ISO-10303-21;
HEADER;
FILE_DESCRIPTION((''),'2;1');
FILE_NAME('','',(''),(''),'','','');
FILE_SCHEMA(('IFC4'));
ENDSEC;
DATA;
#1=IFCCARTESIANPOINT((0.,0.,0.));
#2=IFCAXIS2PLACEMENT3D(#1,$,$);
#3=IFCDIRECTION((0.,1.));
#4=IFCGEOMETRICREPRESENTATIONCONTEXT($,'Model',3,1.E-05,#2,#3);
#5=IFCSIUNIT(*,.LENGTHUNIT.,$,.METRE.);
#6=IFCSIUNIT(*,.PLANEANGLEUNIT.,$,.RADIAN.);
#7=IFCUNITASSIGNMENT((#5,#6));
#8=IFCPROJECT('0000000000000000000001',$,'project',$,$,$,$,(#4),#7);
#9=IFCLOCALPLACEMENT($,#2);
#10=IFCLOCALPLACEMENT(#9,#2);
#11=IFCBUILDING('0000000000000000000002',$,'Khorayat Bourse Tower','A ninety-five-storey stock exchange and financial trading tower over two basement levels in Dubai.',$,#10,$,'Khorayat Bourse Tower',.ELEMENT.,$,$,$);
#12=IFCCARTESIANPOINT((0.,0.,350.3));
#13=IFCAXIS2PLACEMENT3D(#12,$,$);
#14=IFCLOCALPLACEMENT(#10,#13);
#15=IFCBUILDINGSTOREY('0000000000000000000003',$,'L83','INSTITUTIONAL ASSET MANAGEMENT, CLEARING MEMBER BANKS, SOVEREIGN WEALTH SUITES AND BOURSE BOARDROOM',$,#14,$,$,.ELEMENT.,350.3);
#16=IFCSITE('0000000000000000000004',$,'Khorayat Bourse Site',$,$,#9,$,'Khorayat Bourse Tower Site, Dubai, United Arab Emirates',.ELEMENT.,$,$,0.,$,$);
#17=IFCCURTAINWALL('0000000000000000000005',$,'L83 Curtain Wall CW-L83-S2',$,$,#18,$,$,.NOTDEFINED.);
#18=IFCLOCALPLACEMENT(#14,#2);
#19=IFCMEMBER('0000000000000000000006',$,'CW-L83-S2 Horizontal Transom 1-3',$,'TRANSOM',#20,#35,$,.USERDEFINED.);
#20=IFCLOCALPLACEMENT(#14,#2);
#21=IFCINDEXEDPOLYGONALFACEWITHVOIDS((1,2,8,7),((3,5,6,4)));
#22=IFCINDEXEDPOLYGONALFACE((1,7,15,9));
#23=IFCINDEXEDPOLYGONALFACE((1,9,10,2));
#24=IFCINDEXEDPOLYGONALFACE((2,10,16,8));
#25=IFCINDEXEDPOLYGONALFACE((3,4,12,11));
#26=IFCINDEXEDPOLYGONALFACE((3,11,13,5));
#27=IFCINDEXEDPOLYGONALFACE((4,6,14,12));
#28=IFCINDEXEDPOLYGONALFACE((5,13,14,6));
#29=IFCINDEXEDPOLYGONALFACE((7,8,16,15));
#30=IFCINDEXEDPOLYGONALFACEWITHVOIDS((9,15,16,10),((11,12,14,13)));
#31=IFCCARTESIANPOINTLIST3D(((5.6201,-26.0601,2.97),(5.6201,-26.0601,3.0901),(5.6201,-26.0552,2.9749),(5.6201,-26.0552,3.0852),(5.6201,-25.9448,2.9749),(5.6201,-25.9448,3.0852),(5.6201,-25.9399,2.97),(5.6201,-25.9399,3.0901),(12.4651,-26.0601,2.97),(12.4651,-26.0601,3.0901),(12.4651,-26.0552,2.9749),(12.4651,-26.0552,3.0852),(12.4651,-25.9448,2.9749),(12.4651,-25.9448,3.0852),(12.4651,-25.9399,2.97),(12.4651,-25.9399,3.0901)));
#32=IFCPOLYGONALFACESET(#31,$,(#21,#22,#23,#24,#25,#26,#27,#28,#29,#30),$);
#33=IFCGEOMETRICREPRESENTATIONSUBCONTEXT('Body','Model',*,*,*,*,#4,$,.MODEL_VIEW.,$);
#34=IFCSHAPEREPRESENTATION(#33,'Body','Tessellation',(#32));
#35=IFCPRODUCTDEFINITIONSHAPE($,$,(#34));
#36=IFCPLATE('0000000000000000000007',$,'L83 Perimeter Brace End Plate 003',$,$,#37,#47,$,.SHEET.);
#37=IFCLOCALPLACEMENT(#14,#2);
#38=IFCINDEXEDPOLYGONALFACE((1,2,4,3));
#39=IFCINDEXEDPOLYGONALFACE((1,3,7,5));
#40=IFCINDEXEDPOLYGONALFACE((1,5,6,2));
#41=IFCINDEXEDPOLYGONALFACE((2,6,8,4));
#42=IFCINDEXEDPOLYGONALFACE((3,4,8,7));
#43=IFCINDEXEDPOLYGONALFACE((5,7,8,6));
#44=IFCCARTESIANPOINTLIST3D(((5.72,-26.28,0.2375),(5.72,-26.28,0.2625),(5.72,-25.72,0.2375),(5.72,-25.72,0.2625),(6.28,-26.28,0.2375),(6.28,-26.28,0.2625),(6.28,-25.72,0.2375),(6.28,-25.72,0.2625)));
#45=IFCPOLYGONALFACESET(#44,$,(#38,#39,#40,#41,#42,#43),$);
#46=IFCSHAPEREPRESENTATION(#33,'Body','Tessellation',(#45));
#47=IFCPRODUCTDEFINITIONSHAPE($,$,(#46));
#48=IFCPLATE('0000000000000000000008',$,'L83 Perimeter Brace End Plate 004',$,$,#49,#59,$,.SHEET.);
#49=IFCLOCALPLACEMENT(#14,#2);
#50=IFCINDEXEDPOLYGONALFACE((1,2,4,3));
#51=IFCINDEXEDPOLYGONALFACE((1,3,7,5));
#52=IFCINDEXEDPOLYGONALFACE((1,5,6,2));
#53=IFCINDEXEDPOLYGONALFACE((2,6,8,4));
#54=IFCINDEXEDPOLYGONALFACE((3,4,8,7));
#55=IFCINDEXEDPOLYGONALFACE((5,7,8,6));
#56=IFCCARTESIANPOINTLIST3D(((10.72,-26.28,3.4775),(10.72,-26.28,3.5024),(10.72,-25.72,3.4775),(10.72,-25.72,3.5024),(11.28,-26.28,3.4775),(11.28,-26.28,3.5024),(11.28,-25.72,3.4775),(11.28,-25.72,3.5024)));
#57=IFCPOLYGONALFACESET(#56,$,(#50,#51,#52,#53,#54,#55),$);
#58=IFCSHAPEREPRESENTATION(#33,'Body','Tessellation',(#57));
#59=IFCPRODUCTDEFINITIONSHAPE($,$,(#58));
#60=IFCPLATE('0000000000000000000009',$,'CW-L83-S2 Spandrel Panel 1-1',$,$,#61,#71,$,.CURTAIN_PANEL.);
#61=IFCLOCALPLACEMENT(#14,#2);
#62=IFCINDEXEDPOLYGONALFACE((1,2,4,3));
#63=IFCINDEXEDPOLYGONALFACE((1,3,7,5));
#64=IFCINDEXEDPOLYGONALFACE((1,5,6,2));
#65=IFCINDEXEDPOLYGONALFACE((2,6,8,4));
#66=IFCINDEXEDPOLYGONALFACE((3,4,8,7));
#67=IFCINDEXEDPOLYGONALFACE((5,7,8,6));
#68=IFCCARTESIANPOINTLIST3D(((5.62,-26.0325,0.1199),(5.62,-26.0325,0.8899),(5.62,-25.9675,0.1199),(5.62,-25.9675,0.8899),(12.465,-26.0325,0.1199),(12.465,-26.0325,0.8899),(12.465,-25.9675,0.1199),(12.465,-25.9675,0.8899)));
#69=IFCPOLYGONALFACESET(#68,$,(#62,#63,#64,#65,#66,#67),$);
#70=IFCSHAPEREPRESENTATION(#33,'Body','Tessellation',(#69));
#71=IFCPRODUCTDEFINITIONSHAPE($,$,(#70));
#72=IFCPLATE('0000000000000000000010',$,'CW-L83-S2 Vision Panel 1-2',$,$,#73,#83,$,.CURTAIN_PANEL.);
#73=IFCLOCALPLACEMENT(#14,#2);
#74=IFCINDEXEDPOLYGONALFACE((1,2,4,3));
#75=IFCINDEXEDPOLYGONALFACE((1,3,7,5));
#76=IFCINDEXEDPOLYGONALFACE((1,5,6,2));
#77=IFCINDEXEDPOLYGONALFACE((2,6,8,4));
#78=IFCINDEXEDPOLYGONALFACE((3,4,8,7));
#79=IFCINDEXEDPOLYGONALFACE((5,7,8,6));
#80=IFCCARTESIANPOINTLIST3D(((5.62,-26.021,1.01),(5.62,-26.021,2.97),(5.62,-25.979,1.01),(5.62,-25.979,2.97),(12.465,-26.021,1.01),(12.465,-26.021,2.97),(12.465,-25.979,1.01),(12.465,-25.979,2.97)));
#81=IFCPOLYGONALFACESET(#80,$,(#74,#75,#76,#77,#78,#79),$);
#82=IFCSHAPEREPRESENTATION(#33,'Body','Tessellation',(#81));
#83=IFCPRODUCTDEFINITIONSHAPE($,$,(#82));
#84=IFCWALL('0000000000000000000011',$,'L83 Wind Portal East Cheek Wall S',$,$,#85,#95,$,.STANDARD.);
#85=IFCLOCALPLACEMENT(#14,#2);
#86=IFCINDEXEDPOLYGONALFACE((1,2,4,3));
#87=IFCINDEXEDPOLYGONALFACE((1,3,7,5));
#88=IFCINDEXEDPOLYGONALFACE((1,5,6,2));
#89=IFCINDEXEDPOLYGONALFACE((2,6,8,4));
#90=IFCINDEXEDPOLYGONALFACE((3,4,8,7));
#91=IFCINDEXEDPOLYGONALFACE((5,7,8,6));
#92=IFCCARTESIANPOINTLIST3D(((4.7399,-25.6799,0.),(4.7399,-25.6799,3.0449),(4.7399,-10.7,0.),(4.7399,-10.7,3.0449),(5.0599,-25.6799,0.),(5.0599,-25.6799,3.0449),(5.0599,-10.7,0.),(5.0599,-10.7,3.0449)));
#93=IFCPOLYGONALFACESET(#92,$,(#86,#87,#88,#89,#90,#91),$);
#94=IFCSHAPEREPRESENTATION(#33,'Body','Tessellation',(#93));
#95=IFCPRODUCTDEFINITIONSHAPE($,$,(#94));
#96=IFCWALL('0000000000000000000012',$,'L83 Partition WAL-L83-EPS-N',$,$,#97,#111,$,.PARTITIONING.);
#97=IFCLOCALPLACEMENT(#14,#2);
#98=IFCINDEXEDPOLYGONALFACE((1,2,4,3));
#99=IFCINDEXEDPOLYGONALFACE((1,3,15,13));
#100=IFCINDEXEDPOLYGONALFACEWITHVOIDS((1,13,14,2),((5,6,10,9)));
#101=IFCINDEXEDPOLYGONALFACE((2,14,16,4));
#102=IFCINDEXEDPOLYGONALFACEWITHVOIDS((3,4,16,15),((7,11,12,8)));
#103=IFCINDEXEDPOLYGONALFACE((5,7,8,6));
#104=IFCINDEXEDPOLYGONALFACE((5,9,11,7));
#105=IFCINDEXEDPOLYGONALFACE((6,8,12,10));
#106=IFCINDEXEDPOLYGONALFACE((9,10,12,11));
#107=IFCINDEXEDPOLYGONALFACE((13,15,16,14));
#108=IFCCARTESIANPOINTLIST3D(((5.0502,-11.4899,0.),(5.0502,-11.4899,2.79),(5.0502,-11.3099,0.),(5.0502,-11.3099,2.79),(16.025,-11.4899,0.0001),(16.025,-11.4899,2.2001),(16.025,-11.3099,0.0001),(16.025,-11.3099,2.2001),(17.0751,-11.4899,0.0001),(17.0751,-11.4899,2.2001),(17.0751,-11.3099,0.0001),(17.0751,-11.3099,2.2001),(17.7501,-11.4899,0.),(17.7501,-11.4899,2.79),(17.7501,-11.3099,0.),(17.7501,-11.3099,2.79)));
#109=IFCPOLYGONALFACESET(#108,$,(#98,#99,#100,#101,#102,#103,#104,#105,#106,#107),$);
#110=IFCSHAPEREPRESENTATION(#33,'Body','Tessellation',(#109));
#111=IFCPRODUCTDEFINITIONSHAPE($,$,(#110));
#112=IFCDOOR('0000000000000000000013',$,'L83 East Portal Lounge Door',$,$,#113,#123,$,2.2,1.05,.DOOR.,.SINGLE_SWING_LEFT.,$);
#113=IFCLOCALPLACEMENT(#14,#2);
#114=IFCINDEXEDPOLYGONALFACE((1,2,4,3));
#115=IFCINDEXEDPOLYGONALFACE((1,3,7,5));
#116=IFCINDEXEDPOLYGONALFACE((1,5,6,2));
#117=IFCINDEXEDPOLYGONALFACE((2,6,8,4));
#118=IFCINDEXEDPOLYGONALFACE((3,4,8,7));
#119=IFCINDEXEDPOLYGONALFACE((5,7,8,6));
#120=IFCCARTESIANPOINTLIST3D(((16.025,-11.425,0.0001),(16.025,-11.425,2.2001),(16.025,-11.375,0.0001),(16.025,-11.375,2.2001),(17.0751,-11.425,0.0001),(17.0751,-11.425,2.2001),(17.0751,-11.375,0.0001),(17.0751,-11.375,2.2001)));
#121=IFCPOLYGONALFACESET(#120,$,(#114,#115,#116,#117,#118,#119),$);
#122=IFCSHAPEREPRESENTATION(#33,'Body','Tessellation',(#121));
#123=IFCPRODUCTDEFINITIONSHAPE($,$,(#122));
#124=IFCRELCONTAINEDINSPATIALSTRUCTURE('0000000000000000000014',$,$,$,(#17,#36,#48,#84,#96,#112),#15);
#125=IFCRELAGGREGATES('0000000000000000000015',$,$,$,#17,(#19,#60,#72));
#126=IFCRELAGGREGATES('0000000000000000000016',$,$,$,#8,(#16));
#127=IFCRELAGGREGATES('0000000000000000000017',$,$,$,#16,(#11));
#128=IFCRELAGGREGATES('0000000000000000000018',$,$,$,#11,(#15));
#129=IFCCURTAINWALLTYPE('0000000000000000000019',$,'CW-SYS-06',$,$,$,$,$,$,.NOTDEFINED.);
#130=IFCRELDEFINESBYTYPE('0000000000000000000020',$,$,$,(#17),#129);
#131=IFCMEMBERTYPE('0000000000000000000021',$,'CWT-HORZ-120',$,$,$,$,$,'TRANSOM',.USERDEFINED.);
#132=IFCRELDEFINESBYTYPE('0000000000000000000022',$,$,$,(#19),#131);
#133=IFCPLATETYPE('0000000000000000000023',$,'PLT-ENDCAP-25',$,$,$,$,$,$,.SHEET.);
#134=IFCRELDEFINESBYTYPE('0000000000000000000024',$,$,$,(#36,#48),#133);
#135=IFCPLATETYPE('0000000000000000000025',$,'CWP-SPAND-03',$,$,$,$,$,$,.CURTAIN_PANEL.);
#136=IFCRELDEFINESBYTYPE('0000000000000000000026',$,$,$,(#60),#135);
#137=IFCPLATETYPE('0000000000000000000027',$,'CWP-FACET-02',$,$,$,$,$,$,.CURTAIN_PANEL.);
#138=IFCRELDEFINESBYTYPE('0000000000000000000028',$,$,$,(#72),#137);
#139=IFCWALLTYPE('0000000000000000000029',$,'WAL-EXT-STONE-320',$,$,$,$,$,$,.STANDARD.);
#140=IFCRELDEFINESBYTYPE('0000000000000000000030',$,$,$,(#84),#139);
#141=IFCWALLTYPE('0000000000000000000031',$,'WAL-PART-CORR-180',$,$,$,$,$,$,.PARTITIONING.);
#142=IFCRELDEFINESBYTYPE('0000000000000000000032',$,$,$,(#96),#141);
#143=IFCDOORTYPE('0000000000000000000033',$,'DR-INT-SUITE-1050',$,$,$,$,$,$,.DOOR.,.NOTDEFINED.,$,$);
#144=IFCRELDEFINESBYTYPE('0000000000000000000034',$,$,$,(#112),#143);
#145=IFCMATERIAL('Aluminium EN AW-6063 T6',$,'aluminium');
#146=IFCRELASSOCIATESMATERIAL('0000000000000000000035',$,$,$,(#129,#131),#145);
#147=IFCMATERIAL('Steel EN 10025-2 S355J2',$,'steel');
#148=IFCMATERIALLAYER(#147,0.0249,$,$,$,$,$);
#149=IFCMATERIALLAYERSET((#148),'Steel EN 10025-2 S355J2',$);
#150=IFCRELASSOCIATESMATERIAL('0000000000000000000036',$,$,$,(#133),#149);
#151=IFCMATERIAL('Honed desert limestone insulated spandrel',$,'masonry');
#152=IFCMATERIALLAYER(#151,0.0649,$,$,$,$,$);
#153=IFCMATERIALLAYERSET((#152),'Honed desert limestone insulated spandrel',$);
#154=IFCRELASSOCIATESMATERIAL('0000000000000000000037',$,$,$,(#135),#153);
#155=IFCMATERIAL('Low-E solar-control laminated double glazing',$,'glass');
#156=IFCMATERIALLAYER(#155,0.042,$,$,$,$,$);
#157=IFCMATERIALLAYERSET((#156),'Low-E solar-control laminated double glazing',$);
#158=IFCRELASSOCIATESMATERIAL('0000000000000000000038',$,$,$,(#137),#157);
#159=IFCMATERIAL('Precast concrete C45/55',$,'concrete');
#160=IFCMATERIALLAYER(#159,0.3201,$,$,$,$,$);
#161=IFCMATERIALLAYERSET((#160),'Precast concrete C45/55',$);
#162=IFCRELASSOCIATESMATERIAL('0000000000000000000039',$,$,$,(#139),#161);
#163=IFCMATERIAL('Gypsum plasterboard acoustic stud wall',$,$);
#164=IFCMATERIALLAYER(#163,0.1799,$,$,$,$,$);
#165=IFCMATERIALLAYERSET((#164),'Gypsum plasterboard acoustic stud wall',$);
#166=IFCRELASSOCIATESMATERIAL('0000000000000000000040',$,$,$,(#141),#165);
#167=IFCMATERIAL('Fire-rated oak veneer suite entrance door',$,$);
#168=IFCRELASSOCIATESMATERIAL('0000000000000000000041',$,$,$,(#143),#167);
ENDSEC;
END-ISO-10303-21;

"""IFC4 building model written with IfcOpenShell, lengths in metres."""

from ifc_helpers import new_model, si_unit, direction, frame, frame_2d, origin, origin_2d, place, context, subcontext, project, spatial, rectangle, hollow_rectangle, extrude, source, transform, mapped, material, layer, layer_set, material_profile, profile_set, type_object, element, fill, aggregate, save


model = new_model("IFC4")

# Units and contexts
model_context = context("Model", 3, precision=1e-05, world=origin(), true_north=direction((0.0, 1.0)))
body_context = subcontext(model_context, "Body", "Model", "MODEL_VIEW")
ifc_project = project(units=[si_unit("LENGTHUNIT", "METRE"), si_unit("PLANEANGLEUNIT", "RADIAN")], contexts=[model_context])

# Site, building, storey
site_placement = place(None, origin())
site = spatial("IfcSite", under=ifc_project, at=site_placement, Name="Khorayat Bourse Site", LongName="Khorayat Bourse Tower Site, Dubai, United Arab Emirates", CompositionType="ELEMENT", RefElevation=0.0)
building_placement = place(site_placement, origin())
building = spatial("IfcBuilding", under=site, at=building_placement, Name="Khorayat Bourse Tower", Description="A ninety-five-storey stock exchange and financial trading tower over two basement levels in Dubai.", LongName="Khorayat Bourse Tower", CompositionType="ELEMENT")
storey_placement = place(building_placement, frame((0.0, 0.0, 350.3)))
storey = spatial("IfcBuildingStorey", under=building, at=storey_placement, Name="L83", Description="INSTITUTIONAL ASSET MANAGEMENT, CLEARING MEMBER BANKS, SOVEREIGN WEALTH SUITES AND BOURSE BOARDROOM", CompositionType="ELEMENT", Elevation=350.3)

# Shared definitions
ifc_material_1 = material(Name="Steel EN 10025-2 S355J2", Category="steel")

# Curtain wall, member
ifc_material_2 = material(Name="Aluminium EN AW-6063 T6", Category="aluminium")
curtain_wall_type = type_object("IfcCurtainWallType", Name="CW-SYS-06", PredefinedType="NOTDEFINED", material=ifc_material_2)
curtain_wall_placement = place(storey_placement, origin())
curtain_wall = element("IfcCurtainWall", 1, at=curtain_wall_placement, inside=storey, type_object=curtain_wall_type, Name="L83 Curtain Wall CW-L83-S2", PredefinedType="NOTDEFINED")
ifc_material_profile_1 = material_profile(ifc_material_2, hollow_rectangle(XDim=0.1201, YDim=0.1201, WallThickness=0.0049, at=origin_2d()), Name="ALU 120x120x5")
ifc_profile_set_1 = profile_set([ifc_material_profile_1], Name="Aluminium EN AW-6063 T6")
member_type_1 = type_object("IfcMemberType", Name="CWT-HORZ-120", ElementType="TRANSOM", PredefinedType="USERDEFINED", material=ifc_profile_set_1)
shared_shape_1 = source(origin(), body_context, "Body", "SweptSolid", [
    extrude(hollow_rectangle(XDim=0.1201, YDim=0.1201, WallThickness=0.0049, at=origin_2d()), origin(), (0.0, 0.0, 1.0), 6.845),
])
member_1_placement = place(storey_placement, frame((5.6201, -26.0, 3.03), z_axis=(1.0, 0.0, 0.0), x_axis=(0.0, 1.0, 0.0)))
member_1 = element("IfcMember", 2, at=member_1_placement, type_object=member_type_1, Name="CW-L83-S2 Horizontal Transom 1-3", ObjectType="TRANSOM", PredefinedType="USERDEFINED", context=body_context, shape_type="MappedRepresentation", body=[
    mapped(shared_shape_1, transform((0.0, 0.0, 0.0), scale=1.0)),
])

# Plates
ifc_layer_1 = layer(ifc_material_1, 0.0249)
ifc_layer_set_1 = layer_set([ifc_layer_1], Name="Steel EN 10025-2 S355J2")
plate_type_1 = type_object("IfcPlateType", Name="PLT-ENDCAP-25", PredefinedType="SHEET", material=ifc_layer_set_1)
shared_shape_2 = source(origin(), body_context, "Body", "SweptSolid", [
    extrude(rectangle(XDim=0.5601, YDim=0.5601, at=origin_2d()), origin(), (0.0, 0.0, 1.0), 0.0249),
])
for number, where, z_axis, x_axis, name in (
    (3, (6.0, -26.0, 0.2375), (0.0, 0.0, 1.0), (1.0, 0.0, 0.0), "L83 Perimeter Brace End Plate 003"),
    (4, (11.0, -26.0, 3.4775), (0.0, 0.0, 1.0), (1.0, 0.0, 0.0), "L83 Perimeter Brace End Plate 004"),
):
    element("IfcPlate", number, at=place(storey_placement, frame(where, z_axis=z_axis, x_axis=x_axis)), inside=storey, type_object=plate_type_1, Name=name, PredefinedType="SHEET", context=body_context, shape_type="MappedRepresentation", body=[
        mapped(shared_shape_2, transform((0.0, 0.0, 0.0), scale=1.0)),
    ])

# Plates
ifc_material_3 = material(Name="Honed desert limestone insulated spandrel", Category="masonry")
ifc_layer_2 = layer(ifc_material_3, 0.0649)
ifc_layer_set_2 = layer_set([ifc_layer_2], Name="Honed desert limestone insulated spandrel")
plate_type_2 = type_object("IfcPlateType", Name="CWP-SPAND-03", PredefinedType="CURTAIN_PANEL", material=ifc_layer_set_2)
shared_shape_3 = source(origin(), body_context, "Body", "SweptSolid", [
    extrude(rectangle(XDim=6.845, YDim=0.0649, at=origin_2d()), origin(), (0.0, 0.0, 1.0), 0.77),
])
plate_1_placement = place(storey_placement, frame((9.0425, -26.0, 0.1199), z_axis=(0.0, 0.0, 1.0), x_axis=(1.0, 0.0, 0.0)))
plate_1 = element("IfcPlate", 5, at=plate_1_placement, type_object=plate_type_2, Name="CW-L83-S2 Spandrel Panel 1-1", PredefinedType="CURTAIN_PANEL", context=body_context, shape_type="MappedRepresentation", body=[
    mapped(shared_shape_3, transform((0.0, 0.0, 0.0), scale=1.0)),
])
ifc_material_4 = material(Name="Low-E solar-control laminated double glazing", Category="glass")
ifc_layer_3 = layer(ifc_material_4, 0.042)
ifc_layer_set_3 = layer_set([ifc_layer_3], Name="Low-E solar-control laminated double glazing")
plate_type_3 = type_object("IfcPlateType", Name="CWP-FACET-02", PredefinedType="CURTAIN_PANEL", material=ifc_layer_set_3)
shared_shape_4 = source(origin(), body_context, "Body", "SweptSolid", [
    extrude(rectangle(XDim=6.845, YDim=0.042, at=origin_2d()), origin(), (0.0, 0.0, 1.0), 1.96),
])
plate_2_placement = place(storey_placement, frame((9.0425, -26.0, 1.01), z_axis=(0.0, 0.0, 1.0), x_axis=(1.0, 0.0, 0.0)))
plate_2 = element("IfcPlate", 6, at=plate_2_placement, type_object=plate_type_3, Name="CW-L83-S2 Vision Panel 1-2", PredefinedType="CURTAIN_PANEL", context=body_context, shape_type="MappedRepresentation", body=[
    mapped(shared_shape_4, transform((0.0, 0.0, 0.0), scale=1.0)),
])
aggregate(curtain_wall, [member_1, plate_1, plate_2])

# Wall
ifc_material_5 = material(Name="Precast concrete C45/55", Category="concrete")
ifc_layer_4 = layer(ifc_material_5, 0.3201)
ifc_layer_set_4 = layer_set([ifc_layer_4], Name="Precast concrete C45/55")
wall_type_1 = type_object("IfcWallType", Name="WAL-EXT-STONE-320", PredefinedType="STANDARD", material=ifc_layer_set_4)
shared_shape_5 = source(origin(), body_context, "Body", "SweptSolid", [
    extrude(rectangle(XDim=14.98, YDim=0.3201, at=frame_2d((7.49, 0.0))), origin(), (0.0, 0.0, 1.0), 3.0449),
])
wall_1_placement = place(storey_placement, frame((4.8999, -25.6799, 0.0), z_axis=(0.0, 0.0, 1.0), x_axis=(0.0, 1.0, 0.0)))
element("IfcWall", 7, at=wall_1_placement, inside=storey, type_object=wall_type_1, Name="L83 Wind Portal East Cheek Wall S", PredefinedType="STANDARD", context=body_context, shape_type="MappedRepresentation", body=[
    mapped(shared_shape_5, transform((0.0, 0.0, 0.0), scale=1.0)),
])

# Wall, opening, door
ifc_material_6 = material(Name="Gypsum plasterboard acoustic stud wall")
ifc_layer_5 = layer(ifc_material_6, 0.1799)
ifc_layer_set_5 = layer_set([ifc_layer_5], Name="Gypsum plasterboard acoustic stud wall")
wall_type_2 = type_object("IfcWallType", Name="WAL-PART-CORR-180", PredefinedType="PARTITIONING", material=ifc_layer_set_5)
shared_shape_6 = source(origin(), body_context, "Body", "SweptSolid", [
    extrude(rectangle(XDim=12.7, YDim=0.1799, at=frame_2d((6.3501, 0.0))), origin(), (0.0, 0.0, 1.0), 2.79),
])
wall_2_placement = place(storey_placement, frame((5.05, -11.3999, 0.0), z_axis=(0.0, 0.0, 1.0), x_axis=(1.0, 0.0, 0.0)))
wall_2 = element("IfcWall", 8, at=wall_2_placement, inside=storey, type_object=wall_type_2, Name="L83 Partition WAL-L83-EPS-N", PredefinedType="PARTITIONING", context=body_context, shape_type="MappedRepresentation", body=[
    mapped(shared_shape_6, transform((0.0, 0.0, 0.0), scale=1.0)),
])
shared_shape_7 = source(origin(), body_context, "Body", "SweptSolid", [
    extrude(rectangle(XDim=1.05, YDim=2.2, at=frame_2d((0.5249, 1.1001))), frame((0.0, 0.0999, 0.0), z_axis=(0.0, -1.0, 0.0), x_axis=(1.0, 0.0, 0.0)), (0.0, 0.0, 1.0), 0.2),
])
opening_placement = place(wall_2_placement, frame((10.9751, 0.0, 0.0)))
opening = element("IfcOpeningElement", 9, at=opening_placement, cuts=wall_2, PredefinedType="OPENING", context=body_context, shape_type="MappedRepresentation", body=[
    mapped(shared_shape_7, transform((0.0, 0.0, 0.0), scale=1.0)),
])
ifc_material_7 = material(Name="Fire-rated oak veneer suite entrance door")
door_type = type_object("IfcDoorType", Name="DR-INT-SUITE-1050", OperationType="NOTDEFINED", PredefinedType="DOOR", material=ifc_material_7)
shared_shape_8 = source(origin(), body_context, "Body", "SweptSolid", [
    extrude(rectangle(XDim=1.05, YDim=2.2, at=frame_2d((0.5249, 1.1001))), frame((0.0, 0.0249, 0.0), z_axis=(0.0, -1.0, 0.0), x_axis=(1.0, 0.0, 0.0)), (0.0, 0.0, 1.0), 0.05),
])
door_placement = place(opening_placement, origin())
door = element("IfcDoor", 10, at=door_placement, inside=storey, type_object=door_type, Name="L83 East Portal Lounge Door", OperationType="SINGLE_SWING_LEFT", OverallHeight=2.2, OverallWidth=1.05, PredefinedType="DOOR", context=body_context, shape_type="MappedRepresentation", body=[
    mapped(shared_shape_8, transform((0.0, 0.0, 0.0), scale=1.0)),
])
fill(opening, door)

save(model, "model.ifc")
